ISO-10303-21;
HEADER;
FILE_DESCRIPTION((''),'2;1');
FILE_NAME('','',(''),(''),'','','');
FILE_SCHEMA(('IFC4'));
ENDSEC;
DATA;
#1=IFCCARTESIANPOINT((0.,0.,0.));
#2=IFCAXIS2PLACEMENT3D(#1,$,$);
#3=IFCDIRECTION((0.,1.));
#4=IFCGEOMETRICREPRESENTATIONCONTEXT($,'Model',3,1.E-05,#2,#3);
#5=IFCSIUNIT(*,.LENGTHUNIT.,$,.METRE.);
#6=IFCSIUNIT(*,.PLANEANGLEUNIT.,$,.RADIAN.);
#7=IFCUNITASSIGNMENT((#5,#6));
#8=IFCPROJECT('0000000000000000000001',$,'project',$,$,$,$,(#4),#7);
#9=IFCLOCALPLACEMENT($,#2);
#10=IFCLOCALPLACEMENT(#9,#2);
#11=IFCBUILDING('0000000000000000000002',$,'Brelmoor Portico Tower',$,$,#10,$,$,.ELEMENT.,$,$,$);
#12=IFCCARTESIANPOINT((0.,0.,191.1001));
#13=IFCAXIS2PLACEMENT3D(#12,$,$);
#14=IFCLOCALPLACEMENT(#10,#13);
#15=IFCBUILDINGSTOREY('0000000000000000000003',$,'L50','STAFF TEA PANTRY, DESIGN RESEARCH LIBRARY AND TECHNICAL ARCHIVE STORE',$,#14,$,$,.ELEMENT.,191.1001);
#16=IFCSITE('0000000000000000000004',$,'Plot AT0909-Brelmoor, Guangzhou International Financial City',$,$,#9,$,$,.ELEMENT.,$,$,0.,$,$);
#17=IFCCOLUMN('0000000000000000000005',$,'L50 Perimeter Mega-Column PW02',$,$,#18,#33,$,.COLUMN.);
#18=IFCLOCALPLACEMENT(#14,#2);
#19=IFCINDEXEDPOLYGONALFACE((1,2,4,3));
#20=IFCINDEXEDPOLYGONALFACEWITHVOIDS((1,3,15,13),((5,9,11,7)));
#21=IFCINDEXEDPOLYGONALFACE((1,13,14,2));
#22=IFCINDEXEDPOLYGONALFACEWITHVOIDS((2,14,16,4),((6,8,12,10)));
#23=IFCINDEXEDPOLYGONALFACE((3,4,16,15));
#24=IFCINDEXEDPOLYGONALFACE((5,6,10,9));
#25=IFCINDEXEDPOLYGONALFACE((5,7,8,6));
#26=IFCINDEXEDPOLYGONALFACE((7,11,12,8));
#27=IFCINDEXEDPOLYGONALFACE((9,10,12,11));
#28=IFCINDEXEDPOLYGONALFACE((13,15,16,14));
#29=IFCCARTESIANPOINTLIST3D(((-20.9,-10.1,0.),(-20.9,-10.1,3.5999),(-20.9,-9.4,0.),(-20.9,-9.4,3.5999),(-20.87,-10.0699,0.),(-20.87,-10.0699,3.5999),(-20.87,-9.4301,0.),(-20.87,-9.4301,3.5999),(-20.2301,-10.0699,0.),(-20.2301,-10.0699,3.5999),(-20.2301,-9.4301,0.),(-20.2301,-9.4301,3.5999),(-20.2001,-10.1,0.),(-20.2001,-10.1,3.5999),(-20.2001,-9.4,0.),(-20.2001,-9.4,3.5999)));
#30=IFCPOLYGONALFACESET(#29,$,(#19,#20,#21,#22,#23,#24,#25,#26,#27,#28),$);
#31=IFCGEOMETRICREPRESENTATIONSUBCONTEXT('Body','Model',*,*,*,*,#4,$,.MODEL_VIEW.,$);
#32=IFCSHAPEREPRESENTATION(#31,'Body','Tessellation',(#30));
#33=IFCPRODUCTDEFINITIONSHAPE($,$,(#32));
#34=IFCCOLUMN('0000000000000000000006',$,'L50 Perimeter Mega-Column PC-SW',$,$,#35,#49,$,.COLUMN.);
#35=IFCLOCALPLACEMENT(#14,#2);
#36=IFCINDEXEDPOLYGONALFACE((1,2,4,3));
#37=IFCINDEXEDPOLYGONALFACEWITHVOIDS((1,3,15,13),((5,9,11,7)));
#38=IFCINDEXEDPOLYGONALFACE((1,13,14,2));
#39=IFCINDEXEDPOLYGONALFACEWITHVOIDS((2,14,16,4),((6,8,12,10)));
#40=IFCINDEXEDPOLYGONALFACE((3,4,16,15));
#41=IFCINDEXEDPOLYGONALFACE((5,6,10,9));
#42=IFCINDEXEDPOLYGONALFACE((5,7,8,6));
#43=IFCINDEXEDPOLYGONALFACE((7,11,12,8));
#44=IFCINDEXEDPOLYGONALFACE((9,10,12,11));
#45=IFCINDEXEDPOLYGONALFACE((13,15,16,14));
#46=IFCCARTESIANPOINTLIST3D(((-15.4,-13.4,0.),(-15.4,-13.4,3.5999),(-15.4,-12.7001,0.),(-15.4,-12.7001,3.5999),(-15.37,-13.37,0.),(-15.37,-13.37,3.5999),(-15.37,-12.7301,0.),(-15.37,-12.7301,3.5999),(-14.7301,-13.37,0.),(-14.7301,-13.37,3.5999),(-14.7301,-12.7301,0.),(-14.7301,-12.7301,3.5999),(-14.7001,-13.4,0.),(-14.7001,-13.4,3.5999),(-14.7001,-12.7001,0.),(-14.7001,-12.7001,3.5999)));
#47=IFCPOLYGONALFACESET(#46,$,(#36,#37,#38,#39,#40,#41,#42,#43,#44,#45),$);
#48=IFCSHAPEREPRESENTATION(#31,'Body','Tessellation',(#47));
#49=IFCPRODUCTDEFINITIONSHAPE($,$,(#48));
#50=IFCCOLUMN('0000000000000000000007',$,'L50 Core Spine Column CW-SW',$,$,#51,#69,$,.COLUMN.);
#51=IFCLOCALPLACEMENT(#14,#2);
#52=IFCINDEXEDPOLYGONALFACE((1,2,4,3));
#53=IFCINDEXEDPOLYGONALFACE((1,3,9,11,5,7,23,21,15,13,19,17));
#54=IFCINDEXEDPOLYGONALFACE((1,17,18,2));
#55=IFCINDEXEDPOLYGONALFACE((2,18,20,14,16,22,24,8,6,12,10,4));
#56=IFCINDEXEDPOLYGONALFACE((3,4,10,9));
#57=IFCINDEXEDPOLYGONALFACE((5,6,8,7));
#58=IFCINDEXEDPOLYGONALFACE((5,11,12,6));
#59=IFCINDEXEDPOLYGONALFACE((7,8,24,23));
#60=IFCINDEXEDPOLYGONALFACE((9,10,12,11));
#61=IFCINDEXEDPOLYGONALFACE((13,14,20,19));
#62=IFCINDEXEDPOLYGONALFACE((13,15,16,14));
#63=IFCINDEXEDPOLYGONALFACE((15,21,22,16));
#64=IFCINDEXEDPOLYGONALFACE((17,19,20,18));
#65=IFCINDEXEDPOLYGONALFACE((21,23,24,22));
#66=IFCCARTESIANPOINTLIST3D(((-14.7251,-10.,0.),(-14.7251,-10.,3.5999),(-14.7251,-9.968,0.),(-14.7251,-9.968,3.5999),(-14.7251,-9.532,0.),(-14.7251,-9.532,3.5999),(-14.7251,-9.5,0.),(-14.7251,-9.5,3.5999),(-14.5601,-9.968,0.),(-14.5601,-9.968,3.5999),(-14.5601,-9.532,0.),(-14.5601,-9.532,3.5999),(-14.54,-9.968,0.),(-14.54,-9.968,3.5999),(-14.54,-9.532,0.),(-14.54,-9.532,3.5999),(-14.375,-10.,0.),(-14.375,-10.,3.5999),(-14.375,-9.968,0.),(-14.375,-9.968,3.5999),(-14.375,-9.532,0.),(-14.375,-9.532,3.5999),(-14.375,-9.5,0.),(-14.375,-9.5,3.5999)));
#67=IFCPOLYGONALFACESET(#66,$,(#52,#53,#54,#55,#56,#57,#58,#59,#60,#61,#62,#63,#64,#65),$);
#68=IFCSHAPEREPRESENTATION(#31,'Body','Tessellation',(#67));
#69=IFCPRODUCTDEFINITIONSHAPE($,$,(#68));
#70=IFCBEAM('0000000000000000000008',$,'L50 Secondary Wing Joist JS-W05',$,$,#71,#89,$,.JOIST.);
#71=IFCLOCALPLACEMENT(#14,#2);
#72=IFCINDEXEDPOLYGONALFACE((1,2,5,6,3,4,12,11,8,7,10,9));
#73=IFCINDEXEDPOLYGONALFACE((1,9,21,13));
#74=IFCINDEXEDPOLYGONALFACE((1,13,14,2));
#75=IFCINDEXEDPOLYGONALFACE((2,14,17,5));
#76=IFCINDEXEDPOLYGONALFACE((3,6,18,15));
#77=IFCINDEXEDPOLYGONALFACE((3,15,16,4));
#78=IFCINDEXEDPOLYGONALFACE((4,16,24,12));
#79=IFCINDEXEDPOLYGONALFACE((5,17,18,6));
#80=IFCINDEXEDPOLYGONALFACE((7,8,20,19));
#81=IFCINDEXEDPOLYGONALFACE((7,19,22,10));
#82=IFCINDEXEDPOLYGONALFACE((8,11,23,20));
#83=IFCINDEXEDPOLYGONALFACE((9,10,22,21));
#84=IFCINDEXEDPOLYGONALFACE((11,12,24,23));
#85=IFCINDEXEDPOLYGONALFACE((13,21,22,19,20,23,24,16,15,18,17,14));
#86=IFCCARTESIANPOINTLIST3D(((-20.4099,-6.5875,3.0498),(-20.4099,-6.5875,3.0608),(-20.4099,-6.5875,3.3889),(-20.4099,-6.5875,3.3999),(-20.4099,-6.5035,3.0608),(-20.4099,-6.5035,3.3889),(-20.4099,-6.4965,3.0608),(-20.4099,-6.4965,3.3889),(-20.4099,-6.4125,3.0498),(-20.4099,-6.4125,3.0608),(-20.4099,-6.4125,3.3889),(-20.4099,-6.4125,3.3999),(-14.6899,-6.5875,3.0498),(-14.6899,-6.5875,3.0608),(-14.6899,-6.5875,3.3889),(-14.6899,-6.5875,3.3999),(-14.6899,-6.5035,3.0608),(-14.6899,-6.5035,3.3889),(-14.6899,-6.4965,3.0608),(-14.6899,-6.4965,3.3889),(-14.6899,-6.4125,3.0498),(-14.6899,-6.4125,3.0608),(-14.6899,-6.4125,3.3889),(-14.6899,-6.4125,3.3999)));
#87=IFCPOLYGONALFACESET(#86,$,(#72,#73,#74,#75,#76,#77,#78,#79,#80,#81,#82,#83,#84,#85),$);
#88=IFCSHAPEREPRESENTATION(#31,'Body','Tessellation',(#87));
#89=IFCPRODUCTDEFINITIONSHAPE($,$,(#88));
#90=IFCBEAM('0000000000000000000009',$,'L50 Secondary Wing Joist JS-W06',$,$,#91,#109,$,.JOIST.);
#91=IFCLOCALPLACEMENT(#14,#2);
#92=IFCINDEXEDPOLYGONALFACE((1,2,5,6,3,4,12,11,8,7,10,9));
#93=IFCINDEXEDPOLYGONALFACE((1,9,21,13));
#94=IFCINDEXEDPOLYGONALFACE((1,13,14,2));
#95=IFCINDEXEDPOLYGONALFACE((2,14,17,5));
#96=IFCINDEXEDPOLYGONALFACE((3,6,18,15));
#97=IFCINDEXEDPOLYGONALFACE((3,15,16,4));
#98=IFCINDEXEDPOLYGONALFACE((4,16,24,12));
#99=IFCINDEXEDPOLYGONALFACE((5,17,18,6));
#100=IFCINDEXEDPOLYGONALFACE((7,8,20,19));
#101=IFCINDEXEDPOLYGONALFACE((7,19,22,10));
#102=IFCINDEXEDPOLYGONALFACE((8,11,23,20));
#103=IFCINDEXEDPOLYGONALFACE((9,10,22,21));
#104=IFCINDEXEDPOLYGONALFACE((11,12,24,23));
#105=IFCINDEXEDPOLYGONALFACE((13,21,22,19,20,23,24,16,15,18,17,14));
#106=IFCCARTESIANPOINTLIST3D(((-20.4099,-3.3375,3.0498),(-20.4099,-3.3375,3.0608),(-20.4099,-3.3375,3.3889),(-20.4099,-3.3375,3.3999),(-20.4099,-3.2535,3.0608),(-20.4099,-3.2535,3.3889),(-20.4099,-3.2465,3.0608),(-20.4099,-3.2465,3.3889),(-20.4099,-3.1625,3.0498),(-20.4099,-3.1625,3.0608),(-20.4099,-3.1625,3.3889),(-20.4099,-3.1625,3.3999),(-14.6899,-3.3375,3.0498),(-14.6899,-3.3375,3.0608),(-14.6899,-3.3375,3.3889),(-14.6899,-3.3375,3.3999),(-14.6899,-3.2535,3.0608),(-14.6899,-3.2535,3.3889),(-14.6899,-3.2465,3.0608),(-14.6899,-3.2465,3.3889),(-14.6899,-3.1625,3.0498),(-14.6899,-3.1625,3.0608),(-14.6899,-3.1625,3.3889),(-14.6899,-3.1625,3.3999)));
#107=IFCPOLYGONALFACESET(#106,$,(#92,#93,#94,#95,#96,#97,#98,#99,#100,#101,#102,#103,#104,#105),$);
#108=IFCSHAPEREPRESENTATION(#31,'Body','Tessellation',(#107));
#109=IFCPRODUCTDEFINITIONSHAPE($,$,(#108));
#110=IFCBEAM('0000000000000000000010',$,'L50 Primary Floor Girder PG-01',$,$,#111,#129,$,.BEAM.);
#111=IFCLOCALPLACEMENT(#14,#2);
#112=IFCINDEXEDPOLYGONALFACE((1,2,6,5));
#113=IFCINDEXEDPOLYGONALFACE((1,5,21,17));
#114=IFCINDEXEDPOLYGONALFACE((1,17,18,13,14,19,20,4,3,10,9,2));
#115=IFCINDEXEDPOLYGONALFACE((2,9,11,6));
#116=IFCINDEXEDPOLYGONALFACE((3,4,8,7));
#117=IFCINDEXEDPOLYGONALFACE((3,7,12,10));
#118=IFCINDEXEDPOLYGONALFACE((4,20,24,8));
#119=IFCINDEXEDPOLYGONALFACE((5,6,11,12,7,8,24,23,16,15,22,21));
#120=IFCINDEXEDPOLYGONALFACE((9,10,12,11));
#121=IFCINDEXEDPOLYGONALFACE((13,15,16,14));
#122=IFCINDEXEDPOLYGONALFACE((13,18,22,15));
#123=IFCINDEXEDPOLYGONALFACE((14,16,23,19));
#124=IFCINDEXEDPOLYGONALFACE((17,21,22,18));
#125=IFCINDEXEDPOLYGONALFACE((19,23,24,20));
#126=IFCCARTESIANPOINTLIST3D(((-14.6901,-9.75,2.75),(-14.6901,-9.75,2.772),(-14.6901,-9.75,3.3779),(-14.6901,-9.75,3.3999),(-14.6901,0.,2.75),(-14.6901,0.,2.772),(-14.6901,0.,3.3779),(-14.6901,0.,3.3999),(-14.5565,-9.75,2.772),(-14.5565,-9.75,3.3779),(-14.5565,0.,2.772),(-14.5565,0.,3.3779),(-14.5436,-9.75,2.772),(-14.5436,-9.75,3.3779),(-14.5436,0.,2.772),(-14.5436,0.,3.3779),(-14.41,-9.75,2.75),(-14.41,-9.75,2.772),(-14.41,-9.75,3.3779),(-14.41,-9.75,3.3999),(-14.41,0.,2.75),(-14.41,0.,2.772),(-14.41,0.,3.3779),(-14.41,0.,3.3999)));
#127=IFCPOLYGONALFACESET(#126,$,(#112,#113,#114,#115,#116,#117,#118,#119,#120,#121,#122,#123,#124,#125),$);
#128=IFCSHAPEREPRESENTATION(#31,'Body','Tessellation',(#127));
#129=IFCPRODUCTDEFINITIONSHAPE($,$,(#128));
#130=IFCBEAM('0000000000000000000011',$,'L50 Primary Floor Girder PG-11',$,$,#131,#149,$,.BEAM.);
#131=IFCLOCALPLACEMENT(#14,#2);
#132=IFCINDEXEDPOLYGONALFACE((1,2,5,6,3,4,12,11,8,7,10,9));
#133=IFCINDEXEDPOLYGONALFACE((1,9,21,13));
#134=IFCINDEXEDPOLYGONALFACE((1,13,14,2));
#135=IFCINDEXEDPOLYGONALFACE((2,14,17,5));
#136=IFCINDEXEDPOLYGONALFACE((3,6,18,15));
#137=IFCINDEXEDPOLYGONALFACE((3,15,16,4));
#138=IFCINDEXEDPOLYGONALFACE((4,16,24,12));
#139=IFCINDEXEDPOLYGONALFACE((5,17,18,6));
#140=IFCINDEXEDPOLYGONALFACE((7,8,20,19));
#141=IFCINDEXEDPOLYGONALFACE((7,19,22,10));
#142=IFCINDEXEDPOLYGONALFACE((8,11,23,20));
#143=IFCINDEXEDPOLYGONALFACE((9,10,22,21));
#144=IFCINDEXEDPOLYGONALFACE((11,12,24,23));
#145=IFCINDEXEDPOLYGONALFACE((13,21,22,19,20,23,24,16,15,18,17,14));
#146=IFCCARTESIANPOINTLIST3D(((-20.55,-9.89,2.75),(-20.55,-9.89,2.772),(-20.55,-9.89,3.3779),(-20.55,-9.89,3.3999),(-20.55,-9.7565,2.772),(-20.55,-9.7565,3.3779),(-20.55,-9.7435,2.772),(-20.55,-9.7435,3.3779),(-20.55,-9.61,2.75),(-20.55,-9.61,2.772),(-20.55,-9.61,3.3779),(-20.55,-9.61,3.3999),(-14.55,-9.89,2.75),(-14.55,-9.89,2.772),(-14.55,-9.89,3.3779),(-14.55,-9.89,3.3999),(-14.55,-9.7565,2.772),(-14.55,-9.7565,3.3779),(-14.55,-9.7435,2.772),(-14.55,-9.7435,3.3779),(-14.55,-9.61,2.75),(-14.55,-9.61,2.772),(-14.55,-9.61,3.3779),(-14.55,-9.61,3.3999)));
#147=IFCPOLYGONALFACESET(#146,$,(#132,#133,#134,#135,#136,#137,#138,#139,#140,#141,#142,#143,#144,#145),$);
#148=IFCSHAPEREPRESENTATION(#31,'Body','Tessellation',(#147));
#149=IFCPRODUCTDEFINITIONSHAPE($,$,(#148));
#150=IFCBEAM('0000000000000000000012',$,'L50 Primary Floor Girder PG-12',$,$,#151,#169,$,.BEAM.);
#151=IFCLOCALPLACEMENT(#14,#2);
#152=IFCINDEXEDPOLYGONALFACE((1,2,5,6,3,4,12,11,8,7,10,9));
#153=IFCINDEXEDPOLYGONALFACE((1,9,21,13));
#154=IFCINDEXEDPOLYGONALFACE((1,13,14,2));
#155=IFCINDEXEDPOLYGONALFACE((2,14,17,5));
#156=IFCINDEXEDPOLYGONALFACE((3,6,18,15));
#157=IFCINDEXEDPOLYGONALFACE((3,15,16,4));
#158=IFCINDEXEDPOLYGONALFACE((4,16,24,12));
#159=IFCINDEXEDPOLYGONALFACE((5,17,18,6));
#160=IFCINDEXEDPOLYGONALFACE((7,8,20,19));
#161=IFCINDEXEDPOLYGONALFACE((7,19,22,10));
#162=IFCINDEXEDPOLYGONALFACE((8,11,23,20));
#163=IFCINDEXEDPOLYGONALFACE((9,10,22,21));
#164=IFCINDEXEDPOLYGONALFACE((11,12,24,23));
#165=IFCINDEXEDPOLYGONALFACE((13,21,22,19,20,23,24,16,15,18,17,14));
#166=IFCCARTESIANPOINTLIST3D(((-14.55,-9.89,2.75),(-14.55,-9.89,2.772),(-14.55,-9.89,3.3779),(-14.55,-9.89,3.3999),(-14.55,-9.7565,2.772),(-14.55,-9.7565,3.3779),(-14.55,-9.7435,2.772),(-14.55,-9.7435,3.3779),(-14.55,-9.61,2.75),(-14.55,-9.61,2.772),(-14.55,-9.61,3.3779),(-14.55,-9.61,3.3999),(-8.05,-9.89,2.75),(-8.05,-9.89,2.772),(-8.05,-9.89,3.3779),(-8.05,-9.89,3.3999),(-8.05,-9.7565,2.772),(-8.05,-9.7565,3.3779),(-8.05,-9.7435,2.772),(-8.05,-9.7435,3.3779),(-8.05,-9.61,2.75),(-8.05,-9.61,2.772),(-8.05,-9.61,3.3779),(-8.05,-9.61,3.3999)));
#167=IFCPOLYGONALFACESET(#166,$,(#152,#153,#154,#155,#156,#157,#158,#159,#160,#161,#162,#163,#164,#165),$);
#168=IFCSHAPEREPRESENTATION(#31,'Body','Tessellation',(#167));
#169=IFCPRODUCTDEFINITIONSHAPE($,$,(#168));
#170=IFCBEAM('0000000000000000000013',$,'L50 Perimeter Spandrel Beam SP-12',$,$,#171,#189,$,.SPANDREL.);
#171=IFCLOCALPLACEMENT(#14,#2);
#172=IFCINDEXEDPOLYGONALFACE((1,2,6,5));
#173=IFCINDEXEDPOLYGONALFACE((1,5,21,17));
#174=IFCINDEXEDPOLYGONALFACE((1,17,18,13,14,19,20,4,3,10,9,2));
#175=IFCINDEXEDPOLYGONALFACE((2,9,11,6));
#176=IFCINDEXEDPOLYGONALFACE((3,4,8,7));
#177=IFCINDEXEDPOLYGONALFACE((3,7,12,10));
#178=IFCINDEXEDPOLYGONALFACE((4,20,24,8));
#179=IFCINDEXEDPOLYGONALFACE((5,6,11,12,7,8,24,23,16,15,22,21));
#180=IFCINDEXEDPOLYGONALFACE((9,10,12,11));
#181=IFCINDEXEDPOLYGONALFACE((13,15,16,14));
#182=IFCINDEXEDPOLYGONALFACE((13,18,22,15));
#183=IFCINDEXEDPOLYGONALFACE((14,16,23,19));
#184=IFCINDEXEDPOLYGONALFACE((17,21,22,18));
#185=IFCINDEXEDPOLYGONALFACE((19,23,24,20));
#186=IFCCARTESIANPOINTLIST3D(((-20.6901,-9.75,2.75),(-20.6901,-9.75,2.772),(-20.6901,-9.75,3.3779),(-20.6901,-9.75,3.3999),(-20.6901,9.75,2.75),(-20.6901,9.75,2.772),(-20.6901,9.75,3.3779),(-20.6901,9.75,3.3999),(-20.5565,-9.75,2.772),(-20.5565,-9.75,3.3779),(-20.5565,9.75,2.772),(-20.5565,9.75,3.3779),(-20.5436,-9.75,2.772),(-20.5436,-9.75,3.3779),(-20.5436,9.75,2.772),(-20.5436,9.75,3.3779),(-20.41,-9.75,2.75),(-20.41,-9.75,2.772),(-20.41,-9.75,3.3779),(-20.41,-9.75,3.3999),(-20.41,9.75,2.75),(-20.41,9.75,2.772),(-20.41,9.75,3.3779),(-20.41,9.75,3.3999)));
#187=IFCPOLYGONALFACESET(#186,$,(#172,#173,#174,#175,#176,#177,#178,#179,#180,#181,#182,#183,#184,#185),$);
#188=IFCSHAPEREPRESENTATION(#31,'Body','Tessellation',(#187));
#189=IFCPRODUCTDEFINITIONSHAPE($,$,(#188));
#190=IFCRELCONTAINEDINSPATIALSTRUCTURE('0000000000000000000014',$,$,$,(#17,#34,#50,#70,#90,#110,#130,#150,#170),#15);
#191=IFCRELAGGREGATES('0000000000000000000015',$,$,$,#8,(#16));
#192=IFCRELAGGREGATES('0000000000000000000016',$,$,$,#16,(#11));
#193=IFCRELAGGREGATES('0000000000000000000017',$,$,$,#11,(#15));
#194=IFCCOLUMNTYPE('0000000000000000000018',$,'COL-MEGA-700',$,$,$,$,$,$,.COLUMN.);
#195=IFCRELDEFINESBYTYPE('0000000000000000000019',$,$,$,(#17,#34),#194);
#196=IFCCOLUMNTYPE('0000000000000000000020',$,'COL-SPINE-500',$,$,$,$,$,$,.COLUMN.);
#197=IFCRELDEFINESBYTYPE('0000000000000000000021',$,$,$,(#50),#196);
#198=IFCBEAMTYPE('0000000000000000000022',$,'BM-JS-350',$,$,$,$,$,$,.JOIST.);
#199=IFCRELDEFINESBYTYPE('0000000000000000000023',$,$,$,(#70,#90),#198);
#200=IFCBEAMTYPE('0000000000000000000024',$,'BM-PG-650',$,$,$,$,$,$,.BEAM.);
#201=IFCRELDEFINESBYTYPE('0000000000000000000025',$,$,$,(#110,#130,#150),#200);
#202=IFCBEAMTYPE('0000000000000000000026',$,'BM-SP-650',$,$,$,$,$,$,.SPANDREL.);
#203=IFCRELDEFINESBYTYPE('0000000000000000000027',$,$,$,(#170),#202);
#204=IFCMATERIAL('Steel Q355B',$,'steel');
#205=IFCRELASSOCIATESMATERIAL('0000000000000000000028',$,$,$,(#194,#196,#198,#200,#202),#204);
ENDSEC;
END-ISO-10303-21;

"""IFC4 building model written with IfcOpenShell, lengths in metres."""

from ifc_helpers import new_model, si_unit, direction, frame, origin, origin_2d, place, context, subcontext, project, spatial, hollow_rectangle, i_section, extrude, material, material_profile, profile_set, type_object, element, save


model = new_model("IFC4")

# Units and contexts
model_context = context("Model", 3, precision=1e-05, world=origin(), true_north=direction((0.0, 1.0)))
body_context = subcontext(model_context, "Body", "Model", "MODEL_VIEW")
ifc_project = project(units=[si_unit("LENGTHUNIT", "METRE"), si_unit("PLANEANGLEUNIT", "RADIAN")], contexts=[model_context])

# Site, building, storey
site_placement = place(None, origin())
site = spatial("IfcSite", under=ifc_project, at=site_placement, Name="Plot AT0909-Brelmoor, Guangzhou International Financial City", CompositionType="ELEMENT", RefElevation=0.0)
building_placement = place(site_placement, origin())
building = spatial("IfcBuilding", under=site, at=building_placement, Name="Brelmoor Portico Tower", CompositionType="ELEMENT")
storey_placement = place(building_placement, frame((0.0, 0.0, 191.1001)))
storey = spatial("IfcBuildingStorey", under=building, at=storey_placement, Name="L50", Description="STAFF TEA PANTRY, DESIGN RESEARCH LIBRARY AND TECHNICAL ARCHIVE STORE", CompositionType="ELEMENT", Elevation=191.1001)

# Columns
ifc_material_1 = material(Name="Steel Q355B", Category="steel")
ifc_material_profile_1 = material_profile(ifc_material_1, hollow_rectangle(XDim=0.7, YDim=0.7, WallThickness=0.03, at=origin_2d()), Name="BOX 700x700x30")
ifc_profile_set_1 = profile_set([ifc_material_profile_1], Name="Steel Q355B")
column_type_1 = type_object("IfcColumnType", Name="COL-MEGA-700", PredefinedType="COLUMN", material=ifc_profile_set_1)
for number, where, z_axis, x_axis, name in (
    (1, (-20.55, -9.75, 0.0), (0.0, 0.0, 1.0), (0.0, 1.0, 0.0), "L50 Perimeter Mega-Column PW02"),
    (2, (-15.05, -13.05, 0.0), (0.0, 0.0, 1.0), (1.0, 0.0, 0.0), "L50 Perimeter Mega-Column PC-SW"),
):
    element("IfcColumn", number, at=place(storey_placement, frame(where, z_axis=z_axis, x_axis=x_axis)), inside=storey, type_object=column_type_1, Name=name, PredefinedType="COLUMN", context=body_context, shape_type="SweptSolid", body=[
        extrude(hollow_rectangle(XDim=0.7, YDim=0.7, WallThickness=0.03, at=origin_2d()), origin(), (0.0, 0.0, 1.0), 3.5999),
    ])
ifc_material_profile_2 = material_profile(ifc_material_1, i_section(OverallWidth=0.3501, OverallDepth=0.5, WebThickness=0.02, FlangeThickness=0.032, at=origin_2d()), Name="HW 500x350x20x32")
ifc_profile_set_2 = profile_set([ifc_material_profile_2], Name="Steel Q355B")
column_type_2 = type_object("IfcColumnType", Name="COL-SPINE-500", PredefinedType="COLUMN", material=ifc_profile_set_2)
column_placement = place(storey_placement, frame((-14.55, -9.75, 0.0), z_axis=(0.0, 0.0, 1.0), x_axis=(1.0, 0.0, 0.0)))
element("IfcColumn", 3, at=column_placement, inside=storey, type_object=column_type_2, Name="L50 Core Spine Column CW-SW", PredefinedType="COLUMN", context=body_context, shape_type="SweptSolid", body=[
    extrude(i_section(OverallWidth=0.3501, OverallDepth=0.5, WebThickness=0.02, FlangeThickness=0.032, at=origin_2d()), origin(), (0.0, 0.0, 1.0), 3.5999),
])

# Beams
ifc_material_profile_3 = material_profile(ifc_material_1, i_section(OverallWidth=0.175, OverallDepth=0.3501, WebThickness=0.0071, FlangeThickness=0.011, at=origin_2d()), Name="HN 350x175x7x11")
ifc_profile_set_3 = profile_set([ifc_material_profile_3], Name="Steel Q355B")
beam_type_1 = type_object("IfcBeamType", Name="BM-JS-350", PredefinedType="JOIST", material=ifc_profile_set_3)
for number, where, z_axis, x_axis, name in (
    (4, (-20.4099, -6.5, 3.2249), (1.0, 0.0, 0.0), (0.0, 1.0, 0.0), "L50 Secondary Wing Joist JS-W05"),
    (5, (-20.4099, -3.25, 3.2249), (1.0, 0.0, 0.0), (0.0, 1.0, 0.0), "L50 Secondary Wing Joist JS-W06"),
):
    element("IfcBeam", number, at=place(storey_placement, frame(where, z_axis=z_axis, x_axis=x_axis)), inside=storey, type_object=beam_type_1, Name=name, PredefinedType="JOIST", context=body_context, shape_type="SweptSolid", body=[
        extrude(i_section(OverallWidth=0.175, OverallDepth=0.3501, WebThickness=0.0071, FlangeThickness=0.011, at=origin_2d()), origin(), (0.0, 0.0, 1.0), 5.72),
    ])
ifc_material_profile_4 = material_profile(ifc_material_1, i_section(OverallWidth=0.28, OverallDepth=0.6499, WebThickness=0.0129, FlangeThickness=0.022, at=origin_2d()), Name="HN 650x280x13x22")
ifc_profile_set_4 = profile_set([ifc_material_profile_4], Name="Steel Q355B")
beam_type_2 = type_object("IfcBeamType", Name="BM-PG-650", PredefinedType="BEAM", material=ifc_profile_set_4)
beam_1_placement = place(storey_placement, frame((-14.55, -9.75, 3.075), z_axis=(0.0, 1.0, 0.0), x_axis=(-1.0, 0.0, 0.0)))
element("IfcBeam", 6, at=beam_1_placement, inside=storey, type_object=beam_type_2, Name="L50 Primary Floor Girder PG-01", PredefinedType="BEAM", context=body_context, shape_type="SweptSolid", body=[
    extrude(i_section(OverallWidth=0.28, OverallDepth=0.6499, WebThickness=0.0129, FlangeThickness=0.022, at=origin_2d()), origin(), (0.0, 0.0, 1.0), 9.75),
])
beam_2_placement = place(storey_placement, frame((-20.55, -9.75, 3.075), z_axis=(1.0, 0.0, 0.0), x_axis=(0.0, 1.0, 0.0)))
element("IfcBeam", 7, at=beam_2_placement, inside=storey, type_object=beam_type_2, Name="L50 Primary Floor Girder PG-11", PredefinedType="BEAM", context=body_context, shape_type="SweptSolid", body=[
    extrude(i_section(OverallWidth=0.28, OverallDepth=0.6499, WebThickness=0.0129, FlangeThickness=0.022, at=origin_2d()), origin(), (0.0, 0.0, 1.0), 6.0),
])
beam_3_placement = place(storey_placement, frame((-14.55, -9.75, 3.075), z_axis=(1.0, 0.0, 0.0), x_axis=(0.0, 1.0, 0.0)))
element("IfcBeam", 8, at=beam_3_placement, inside=storey, type_object=beam_type_2, Name="L50 Primary Floor Girder PG-12", PredefinedType="BEAM", context=body_context, shape_type="SweptSolid", body=[
    extrude(i_section(OverallWidth=0.28, OverallDepth=0.6499, WebThickness=0.0129, FlangeThickness=0.022, at=origin_2d()), origin(), (0.0, 0.0, 1.0), 6.5),
])
ifc_material_profile_5 = material_profile(ifc_material_1, i_section(OverallWidth=0.28, OverallDepth=0.6499, WebThickness=0.0129, FlangeThickness=0.022, at=origin_2d()), Name="HN 650x280x13x22")
ifc_profile_set_5 = profile_set([ifc_material_profile_5], Name="Steel Q355B")
beam_type_3 = type_object("IfcBeamType", Name="BM-SP-650", PredefinedType="SPANDREL", material=ifc_profile_set_5)
beam_4_placement = place(storey_placement, frame((-20.55, -9.75, 3.075), z_axis=(0.0, 1.0, 0.0), x_axis=(-1.0, 0.0, 0.0)))
element("IfcBeam", 9, at=beam_4_placement, inside=storey, type_object=beam_type_3, Name="L50 Perimeter Spandrel Beam SP-12", PredefinedType="SPANDREL", context=body_context, shape_type="SweptSolid", body=[
    extrude(i_section(OverallWidth=0.28, OverallDepth=0.6499, WebThickness=0.0129, FlangeThickness=0.022, at=origin_2d()), origin(), (0.0, 0.0, 1.0), 19.5),
])

save(model, "model.ifc")
